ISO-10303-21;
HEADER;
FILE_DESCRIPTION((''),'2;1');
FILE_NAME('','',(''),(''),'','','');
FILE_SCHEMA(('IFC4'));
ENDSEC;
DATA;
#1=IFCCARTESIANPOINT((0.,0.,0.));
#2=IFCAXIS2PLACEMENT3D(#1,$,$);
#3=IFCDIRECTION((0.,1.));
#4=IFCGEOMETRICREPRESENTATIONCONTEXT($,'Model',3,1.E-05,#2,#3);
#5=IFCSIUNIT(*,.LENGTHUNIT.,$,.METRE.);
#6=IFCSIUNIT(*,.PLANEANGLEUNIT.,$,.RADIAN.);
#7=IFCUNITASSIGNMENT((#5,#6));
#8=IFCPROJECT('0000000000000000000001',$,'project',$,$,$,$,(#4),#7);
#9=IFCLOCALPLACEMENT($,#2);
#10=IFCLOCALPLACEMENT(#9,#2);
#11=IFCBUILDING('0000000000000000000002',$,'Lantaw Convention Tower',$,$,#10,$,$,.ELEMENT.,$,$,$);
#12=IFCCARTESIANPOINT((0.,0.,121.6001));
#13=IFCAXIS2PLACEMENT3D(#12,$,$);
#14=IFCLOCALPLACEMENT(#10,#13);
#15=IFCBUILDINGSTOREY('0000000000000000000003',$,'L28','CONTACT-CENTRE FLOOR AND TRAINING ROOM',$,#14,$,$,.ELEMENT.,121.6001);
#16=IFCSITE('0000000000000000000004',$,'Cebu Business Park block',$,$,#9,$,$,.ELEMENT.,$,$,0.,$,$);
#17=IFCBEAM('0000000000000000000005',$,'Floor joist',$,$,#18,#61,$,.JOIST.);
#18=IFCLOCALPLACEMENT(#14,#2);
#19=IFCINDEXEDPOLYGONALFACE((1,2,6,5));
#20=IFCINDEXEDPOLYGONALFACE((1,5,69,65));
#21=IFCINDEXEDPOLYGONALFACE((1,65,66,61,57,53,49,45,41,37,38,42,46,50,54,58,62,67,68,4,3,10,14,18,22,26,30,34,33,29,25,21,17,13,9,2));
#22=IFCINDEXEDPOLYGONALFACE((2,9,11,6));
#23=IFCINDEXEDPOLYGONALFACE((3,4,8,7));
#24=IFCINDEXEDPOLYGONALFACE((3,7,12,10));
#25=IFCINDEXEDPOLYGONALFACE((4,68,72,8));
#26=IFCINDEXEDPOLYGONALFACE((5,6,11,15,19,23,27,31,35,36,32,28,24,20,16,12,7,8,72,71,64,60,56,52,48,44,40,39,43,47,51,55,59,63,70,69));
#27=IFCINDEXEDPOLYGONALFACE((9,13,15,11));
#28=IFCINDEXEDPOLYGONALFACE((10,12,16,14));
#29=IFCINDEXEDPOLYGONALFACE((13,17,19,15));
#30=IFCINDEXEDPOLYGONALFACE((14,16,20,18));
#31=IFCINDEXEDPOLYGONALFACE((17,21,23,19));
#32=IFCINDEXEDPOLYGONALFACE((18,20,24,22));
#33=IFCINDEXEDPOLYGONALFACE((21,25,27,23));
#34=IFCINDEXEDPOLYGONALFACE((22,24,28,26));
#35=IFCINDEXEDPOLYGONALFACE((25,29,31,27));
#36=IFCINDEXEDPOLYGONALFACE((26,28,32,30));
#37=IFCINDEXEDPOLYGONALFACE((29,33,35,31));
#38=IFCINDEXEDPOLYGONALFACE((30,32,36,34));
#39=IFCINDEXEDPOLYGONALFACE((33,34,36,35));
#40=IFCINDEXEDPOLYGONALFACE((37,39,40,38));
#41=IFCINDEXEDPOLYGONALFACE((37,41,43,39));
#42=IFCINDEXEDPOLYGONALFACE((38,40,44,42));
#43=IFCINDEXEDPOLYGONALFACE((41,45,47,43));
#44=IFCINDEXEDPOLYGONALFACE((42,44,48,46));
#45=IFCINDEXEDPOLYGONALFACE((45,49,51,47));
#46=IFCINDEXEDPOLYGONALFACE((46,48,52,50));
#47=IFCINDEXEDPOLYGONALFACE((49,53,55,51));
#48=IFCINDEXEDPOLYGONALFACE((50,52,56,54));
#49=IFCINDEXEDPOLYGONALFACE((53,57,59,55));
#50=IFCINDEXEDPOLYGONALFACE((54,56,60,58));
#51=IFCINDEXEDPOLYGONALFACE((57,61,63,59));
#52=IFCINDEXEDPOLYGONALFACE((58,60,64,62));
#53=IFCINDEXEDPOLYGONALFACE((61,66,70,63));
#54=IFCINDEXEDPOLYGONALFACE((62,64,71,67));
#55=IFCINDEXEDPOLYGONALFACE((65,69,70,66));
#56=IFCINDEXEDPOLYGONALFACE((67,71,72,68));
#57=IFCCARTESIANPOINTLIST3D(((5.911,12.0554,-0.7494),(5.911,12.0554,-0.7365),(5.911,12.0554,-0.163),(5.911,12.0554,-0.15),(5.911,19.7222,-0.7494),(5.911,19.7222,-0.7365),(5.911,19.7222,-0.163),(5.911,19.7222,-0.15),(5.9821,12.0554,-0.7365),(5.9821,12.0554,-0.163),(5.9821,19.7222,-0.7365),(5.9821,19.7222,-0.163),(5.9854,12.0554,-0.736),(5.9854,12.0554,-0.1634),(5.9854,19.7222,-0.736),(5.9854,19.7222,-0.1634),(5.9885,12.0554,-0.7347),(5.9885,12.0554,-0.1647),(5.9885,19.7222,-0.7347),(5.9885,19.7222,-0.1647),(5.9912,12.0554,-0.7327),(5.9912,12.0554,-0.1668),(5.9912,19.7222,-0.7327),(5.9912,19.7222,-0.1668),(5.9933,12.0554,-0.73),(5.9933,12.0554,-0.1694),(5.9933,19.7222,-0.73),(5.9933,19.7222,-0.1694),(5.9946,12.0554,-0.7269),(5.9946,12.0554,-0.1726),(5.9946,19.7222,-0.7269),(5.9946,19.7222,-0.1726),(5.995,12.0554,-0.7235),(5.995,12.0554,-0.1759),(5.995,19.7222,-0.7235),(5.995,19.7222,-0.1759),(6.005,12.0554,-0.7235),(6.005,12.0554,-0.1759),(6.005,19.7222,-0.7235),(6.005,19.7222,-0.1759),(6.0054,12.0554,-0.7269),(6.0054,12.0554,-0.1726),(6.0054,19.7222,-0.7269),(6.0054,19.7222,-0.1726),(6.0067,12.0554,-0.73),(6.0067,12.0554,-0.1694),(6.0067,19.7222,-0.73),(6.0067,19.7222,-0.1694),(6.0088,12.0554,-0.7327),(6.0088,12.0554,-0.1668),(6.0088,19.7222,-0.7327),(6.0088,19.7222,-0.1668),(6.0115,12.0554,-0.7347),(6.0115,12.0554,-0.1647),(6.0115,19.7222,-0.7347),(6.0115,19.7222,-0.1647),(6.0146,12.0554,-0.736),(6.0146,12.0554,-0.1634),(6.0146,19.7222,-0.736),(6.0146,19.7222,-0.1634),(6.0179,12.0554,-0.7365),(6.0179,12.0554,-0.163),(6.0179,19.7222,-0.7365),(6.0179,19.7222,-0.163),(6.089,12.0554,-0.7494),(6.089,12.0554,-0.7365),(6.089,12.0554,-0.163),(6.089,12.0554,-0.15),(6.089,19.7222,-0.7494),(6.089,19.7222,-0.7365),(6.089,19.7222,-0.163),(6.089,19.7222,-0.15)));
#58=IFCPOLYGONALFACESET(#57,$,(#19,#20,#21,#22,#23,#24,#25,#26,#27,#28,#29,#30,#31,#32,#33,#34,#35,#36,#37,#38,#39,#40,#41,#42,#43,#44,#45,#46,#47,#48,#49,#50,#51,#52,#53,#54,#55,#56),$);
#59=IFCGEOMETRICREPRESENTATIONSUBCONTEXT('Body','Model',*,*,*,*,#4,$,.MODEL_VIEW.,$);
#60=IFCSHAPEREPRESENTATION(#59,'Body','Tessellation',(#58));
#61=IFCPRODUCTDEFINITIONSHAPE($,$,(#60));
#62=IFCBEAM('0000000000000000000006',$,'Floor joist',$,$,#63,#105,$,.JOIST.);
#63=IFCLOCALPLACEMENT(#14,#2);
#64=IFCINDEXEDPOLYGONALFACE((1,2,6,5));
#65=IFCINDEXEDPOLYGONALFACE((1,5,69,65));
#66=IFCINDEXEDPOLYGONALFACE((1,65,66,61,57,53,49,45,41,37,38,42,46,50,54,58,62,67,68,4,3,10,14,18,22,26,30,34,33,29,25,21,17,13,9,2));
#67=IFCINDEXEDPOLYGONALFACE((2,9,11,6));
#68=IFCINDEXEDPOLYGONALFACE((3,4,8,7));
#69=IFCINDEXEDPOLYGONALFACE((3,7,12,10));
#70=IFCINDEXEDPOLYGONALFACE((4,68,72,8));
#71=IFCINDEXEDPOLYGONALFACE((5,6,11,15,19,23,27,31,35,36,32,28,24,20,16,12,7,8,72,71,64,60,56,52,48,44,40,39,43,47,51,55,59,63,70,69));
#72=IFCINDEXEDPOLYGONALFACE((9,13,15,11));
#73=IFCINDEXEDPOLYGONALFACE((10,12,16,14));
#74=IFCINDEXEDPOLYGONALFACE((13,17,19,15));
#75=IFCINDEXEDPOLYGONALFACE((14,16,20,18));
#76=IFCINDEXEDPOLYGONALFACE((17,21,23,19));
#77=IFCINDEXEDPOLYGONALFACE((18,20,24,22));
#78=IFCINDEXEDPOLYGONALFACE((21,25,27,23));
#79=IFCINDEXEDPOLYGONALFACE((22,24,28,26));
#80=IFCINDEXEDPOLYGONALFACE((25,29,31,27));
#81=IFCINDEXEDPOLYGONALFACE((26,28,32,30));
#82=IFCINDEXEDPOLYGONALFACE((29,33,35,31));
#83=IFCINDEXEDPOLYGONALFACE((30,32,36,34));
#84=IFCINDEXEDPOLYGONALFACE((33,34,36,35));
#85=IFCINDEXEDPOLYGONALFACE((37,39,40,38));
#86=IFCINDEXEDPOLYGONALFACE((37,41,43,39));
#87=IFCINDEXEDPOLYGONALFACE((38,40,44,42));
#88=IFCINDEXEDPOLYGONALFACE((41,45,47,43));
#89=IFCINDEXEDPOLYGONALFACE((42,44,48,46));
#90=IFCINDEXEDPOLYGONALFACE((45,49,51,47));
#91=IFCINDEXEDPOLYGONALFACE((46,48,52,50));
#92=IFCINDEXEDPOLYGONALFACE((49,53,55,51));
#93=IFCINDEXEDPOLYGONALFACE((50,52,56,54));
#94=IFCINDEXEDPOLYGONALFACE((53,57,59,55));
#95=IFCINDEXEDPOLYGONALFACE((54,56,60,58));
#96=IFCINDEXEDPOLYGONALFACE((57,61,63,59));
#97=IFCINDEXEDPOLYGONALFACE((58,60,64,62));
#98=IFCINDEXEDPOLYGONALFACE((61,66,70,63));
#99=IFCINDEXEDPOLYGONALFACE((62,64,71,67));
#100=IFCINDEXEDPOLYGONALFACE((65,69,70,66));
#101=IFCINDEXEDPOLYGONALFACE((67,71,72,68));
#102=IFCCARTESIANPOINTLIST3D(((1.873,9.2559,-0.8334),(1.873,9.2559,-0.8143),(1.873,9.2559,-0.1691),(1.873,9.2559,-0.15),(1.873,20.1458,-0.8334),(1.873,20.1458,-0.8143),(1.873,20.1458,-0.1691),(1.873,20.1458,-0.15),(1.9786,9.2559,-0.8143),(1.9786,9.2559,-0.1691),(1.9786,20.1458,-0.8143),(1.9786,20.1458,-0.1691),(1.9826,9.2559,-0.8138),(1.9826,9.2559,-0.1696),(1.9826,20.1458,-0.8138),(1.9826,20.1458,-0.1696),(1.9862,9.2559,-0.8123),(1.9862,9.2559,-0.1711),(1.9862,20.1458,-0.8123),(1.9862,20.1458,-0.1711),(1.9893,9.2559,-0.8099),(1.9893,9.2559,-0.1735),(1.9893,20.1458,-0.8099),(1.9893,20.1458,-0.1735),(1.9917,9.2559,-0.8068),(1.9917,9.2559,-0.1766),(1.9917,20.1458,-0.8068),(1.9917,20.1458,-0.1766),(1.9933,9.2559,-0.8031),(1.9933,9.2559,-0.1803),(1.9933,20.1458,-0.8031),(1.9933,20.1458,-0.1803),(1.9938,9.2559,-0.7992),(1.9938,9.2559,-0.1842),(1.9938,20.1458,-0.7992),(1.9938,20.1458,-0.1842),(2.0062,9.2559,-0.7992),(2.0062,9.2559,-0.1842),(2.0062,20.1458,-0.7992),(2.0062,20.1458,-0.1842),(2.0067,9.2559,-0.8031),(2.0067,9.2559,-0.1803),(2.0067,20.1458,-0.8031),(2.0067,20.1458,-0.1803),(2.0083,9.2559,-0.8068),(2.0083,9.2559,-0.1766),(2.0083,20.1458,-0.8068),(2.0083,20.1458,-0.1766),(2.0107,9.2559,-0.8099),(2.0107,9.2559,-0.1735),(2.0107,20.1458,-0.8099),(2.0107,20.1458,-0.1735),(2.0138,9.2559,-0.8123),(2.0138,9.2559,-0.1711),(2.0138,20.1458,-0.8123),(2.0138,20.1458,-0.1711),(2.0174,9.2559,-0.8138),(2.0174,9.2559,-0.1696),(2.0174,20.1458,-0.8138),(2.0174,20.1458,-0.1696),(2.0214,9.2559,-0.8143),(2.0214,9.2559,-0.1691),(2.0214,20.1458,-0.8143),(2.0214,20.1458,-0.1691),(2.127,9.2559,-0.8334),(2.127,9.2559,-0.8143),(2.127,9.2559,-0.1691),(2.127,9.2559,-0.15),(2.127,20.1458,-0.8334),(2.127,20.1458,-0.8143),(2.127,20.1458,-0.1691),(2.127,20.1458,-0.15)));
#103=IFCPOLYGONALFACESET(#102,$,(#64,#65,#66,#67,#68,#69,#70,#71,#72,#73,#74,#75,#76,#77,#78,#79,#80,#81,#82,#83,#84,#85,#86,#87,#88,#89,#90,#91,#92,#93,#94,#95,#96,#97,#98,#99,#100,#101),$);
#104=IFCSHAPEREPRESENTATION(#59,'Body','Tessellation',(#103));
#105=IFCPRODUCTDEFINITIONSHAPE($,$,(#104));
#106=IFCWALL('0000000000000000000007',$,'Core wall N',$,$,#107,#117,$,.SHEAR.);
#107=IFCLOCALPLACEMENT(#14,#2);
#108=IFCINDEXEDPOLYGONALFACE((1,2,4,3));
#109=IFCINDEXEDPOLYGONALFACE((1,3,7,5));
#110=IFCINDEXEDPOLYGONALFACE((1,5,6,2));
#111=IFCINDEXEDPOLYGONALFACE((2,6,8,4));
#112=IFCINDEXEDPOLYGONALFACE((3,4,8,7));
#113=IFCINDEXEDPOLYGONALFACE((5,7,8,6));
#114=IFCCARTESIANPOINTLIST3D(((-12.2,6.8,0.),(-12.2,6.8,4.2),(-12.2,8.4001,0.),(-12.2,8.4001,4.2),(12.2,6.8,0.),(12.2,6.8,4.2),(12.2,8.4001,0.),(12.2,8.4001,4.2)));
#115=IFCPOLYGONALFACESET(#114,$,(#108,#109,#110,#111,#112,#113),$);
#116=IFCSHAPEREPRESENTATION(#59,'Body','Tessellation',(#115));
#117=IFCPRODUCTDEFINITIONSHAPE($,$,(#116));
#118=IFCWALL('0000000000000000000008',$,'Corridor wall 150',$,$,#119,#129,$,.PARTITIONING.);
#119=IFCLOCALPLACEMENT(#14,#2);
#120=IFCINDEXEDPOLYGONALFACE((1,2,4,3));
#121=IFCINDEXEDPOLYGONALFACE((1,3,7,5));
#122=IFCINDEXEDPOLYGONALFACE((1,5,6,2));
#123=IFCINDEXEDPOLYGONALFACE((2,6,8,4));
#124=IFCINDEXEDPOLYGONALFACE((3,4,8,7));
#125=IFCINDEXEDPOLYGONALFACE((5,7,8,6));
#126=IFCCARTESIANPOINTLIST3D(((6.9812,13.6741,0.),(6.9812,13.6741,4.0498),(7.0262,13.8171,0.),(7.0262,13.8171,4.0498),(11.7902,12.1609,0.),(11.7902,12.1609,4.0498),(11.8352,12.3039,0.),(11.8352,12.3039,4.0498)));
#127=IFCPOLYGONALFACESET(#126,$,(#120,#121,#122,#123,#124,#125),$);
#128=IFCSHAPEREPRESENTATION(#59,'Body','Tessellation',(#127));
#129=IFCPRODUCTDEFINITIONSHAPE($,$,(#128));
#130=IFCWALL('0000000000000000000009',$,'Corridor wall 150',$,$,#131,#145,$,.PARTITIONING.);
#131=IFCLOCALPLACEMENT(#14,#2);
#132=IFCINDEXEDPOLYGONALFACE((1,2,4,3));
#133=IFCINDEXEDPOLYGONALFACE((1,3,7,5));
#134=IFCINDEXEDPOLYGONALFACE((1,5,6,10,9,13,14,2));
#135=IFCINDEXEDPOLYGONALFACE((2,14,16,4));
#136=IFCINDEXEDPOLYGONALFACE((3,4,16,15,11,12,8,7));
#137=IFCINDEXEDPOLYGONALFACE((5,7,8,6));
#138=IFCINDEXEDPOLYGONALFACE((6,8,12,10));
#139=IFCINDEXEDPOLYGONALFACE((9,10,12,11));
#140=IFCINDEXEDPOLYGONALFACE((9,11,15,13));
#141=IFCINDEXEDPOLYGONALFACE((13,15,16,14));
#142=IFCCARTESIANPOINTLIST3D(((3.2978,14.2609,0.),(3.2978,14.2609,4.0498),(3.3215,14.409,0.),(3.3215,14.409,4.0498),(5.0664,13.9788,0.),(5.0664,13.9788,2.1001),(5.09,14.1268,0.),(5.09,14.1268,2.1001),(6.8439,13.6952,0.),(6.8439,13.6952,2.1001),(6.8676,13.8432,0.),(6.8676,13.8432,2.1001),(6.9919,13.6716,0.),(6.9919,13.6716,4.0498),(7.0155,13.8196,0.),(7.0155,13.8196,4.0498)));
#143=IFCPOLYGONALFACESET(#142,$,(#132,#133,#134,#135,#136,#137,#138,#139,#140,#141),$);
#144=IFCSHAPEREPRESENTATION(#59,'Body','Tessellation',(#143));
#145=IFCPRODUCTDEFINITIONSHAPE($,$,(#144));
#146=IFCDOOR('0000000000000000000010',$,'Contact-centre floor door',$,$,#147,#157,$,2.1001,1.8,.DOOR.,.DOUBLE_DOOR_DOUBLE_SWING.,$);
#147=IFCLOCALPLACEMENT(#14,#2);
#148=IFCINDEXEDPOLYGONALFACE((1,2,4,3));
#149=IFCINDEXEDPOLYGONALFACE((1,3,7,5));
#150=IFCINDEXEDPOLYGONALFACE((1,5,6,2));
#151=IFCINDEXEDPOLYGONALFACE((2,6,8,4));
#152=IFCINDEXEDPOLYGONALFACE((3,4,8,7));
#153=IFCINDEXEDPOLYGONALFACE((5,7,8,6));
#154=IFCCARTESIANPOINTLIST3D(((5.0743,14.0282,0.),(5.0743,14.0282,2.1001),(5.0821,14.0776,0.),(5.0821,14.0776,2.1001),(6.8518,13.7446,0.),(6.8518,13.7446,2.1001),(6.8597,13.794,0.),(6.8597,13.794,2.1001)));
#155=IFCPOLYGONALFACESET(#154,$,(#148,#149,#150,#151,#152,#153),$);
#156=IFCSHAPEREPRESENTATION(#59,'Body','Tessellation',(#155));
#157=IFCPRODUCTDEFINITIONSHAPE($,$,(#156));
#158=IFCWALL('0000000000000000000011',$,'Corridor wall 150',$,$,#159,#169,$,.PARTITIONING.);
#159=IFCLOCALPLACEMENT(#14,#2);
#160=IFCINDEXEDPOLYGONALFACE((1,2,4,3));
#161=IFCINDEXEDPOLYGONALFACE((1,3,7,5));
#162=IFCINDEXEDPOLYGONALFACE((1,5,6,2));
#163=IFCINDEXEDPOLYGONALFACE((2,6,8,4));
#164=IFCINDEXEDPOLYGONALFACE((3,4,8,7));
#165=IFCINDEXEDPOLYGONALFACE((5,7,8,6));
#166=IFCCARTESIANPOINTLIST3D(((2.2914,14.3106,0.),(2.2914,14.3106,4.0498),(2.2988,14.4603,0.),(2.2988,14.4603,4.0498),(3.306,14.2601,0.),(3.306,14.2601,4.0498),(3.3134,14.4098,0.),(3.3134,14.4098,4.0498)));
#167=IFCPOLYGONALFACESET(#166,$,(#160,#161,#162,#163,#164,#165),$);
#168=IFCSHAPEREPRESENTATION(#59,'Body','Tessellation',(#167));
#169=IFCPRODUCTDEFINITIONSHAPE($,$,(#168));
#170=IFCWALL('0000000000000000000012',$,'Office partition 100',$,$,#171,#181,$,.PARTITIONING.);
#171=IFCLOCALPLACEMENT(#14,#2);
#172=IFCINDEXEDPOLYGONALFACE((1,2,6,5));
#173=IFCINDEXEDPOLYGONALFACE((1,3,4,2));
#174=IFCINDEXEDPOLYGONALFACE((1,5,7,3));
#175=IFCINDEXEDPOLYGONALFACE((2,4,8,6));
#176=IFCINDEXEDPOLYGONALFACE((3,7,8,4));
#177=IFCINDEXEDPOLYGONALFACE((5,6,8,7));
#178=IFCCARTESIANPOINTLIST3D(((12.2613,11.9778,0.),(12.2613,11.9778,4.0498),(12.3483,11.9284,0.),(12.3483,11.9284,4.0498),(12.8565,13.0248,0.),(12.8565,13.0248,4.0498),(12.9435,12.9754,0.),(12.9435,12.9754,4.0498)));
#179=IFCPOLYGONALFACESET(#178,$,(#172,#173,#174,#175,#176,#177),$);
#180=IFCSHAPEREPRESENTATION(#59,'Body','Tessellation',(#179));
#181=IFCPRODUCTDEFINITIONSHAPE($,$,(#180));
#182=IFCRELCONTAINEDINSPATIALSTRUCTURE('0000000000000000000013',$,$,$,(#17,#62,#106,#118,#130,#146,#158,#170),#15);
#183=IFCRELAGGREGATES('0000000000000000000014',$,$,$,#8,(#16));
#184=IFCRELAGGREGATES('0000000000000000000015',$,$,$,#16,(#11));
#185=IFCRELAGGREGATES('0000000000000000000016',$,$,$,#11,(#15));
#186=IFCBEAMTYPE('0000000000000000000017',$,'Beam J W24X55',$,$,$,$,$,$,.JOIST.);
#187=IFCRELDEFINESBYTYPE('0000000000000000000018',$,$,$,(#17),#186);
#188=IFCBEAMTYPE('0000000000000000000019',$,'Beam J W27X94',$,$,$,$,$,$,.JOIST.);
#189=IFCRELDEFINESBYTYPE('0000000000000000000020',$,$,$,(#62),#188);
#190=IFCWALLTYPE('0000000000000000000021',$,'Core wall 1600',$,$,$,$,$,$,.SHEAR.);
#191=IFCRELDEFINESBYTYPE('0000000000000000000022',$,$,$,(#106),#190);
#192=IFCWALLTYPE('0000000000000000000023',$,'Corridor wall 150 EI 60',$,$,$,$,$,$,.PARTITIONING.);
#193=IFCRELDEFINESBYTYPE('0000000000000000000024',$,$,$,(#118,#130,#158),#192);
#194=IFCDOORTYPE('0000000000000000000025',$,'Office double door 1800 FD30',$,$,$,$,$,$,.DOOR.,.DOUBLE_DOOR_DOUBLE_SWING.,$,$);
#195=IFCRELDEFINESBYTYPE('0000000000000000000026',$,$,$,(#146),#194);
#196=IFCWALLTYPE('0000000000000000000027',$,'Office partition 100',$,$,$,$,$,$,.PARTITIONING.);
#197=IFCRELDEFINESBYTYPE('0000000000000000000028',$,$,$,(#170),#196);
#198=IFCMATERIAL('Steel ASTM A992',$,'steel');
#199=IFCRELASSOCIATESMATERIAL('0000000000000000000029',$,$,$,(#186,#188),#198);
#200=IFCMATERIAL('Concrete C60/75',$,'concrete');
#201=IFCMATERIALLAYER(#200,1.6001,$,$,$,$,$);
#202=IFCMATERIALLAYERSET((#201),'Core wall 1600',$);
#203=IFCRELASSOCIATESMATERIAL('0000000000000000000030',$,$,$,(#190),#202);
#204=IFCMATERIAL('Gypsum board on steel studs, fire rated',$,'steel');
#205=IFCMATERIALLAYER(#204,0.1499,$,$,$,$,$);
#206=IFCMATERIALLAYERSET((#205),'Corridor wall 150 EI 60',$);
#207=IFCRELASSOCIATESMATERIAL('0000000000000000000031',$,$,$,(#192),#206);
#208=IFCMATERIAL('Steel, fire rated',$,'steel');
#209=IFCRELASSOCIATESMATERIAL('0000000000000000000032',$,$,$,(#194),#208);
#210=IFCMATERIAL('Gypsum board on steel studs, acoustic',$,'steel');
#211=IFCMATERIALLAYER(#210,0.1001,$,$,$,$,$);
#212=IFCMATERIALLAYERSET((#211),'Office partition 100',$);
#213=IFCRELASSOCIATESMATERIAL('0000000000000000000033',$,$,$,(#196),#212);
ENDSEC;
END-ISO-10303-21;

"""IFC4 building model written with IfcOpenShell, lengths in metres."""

from ifc_helpers import new_model, si_unit, direction, frame, frame_2d, origin, origin_2d, place, context, subcontext, project, spatial, rectangle, i_section, extrude, material, layer, layer_set, material_profile, profile_set, type_object, element, fill, save


model = new_model("IFC4")

# Units and contexts
model_context = context("Model", 3, precision=1e-05, world=origin(), true_north=direction((0.0, 1.0)))
body_context = subcontext(model_context, "Body", "Model", "MODEL_VIEW")
ifc_project = project(units=[si_unit("LENGTHUNIT", "METRE"), si_unit("PLANEANGLEUNIT", "RADIAN")], contexts=[model_context])

# Site, building, storey
site_placement = place(None, origin())
site = spatial("IfcSite", under=ifc_project, at=site_placement, Name="Cebu Business Park block", CompositionType="ELEMENT", RefElevation=0.0)
building_placement = place(site_placement, origin())
building = spatial("IfcBuilding", under=site, at=building_placement, Name="Lantaw Convention Tower", CompositionType="ELEMENT")
storey_placement = place(building_placement, frame((0.0, 0.0, 121.6001)))
storey = spatial("IfcBuildingStorey", under=building, at=storey_placement, Name="L28", Description="CONTACT-CENTRE FLOOR AND TRAINING ROOM", CompositionType="ELEMENT", Elevation=121.6001)

# Beams
ifc_material_1 = material(Name="Steel ASTM A992", Category="steel")
ifc_material_profile_1 = material_profile(ifc_material_1, i_section(OverallWidth=0.178, OverallDepth=0.5994, WebThickness=0.01, FlangeThickness=0.0129, FilletRadius=0.0129, at=origin_2d()), Name="W24X55")
ifc_profile_set_1 = profile_set([ifc_material_profile_1], Name="Steel ASTM A992")
beam_type_1 = type_object("IfcBeamType", Name="Beam J W24X55", PredefinedType="JOIST", material=ifc_profile_set_1)
beam_1_placement = place(storey_placement, frame((6.0, 12.0554, -0.4497), z_axis=(0.0, 1.0, 0.0), x_axis=(-1.0, 0.0, 0.0)))
element("IfcBeam", 1, at=beam_1_placement, inside=storey, type_object=beam_type_1, Name="Floor joist", PredefinedType="JOIST", context=body_context, shape_type="SweptSolid", body=[
    extrude(i_section(OverallWidth=0.178, OverallDepth=0.5994, WebThickness=0.01, FlangeThickness=0.0129, FilletRadius=0.0129, at=origin_2d()), origin(), (0.0, 0.0, 1.0), 7.6667),
])
ifc_material_profile_2 = material_profile(ifc_material_1, i_section(OverallWidth=0.2539, OverallDepth=0.6833, WebThickness=0.0125, FlangeThickness=0.019, FilletRadius=0.0151, at=origin_2d()), Name="W27X94")
ifc_profile_set_2 = profile_set([ifc_material_profile_2], Name="Steel ASTM A992")
beam_type_2 = type_object("IfcBeamType", Name="Beam J W27X94", PredefinedType="JOIST", material=ifc_profile_set_2)
beam_2_placement = place(storey_placement, frame((2.0, 9.2559, -0.4917), z_axis=(0.0, 1.0, 0.0), x_axis=(-1.0, 0.0, 0.0)))
element("IfcBeam", 2, at=beam_2_placement, inside=storey, type_object=beam_type_2, Name="Floor joist", PredefinedType="JOIST", context=body_context, shape_type="SweptSolid", body=[
    extrude(i_section(OverallWidth=0.2539, OverallDepth=0.6833, WebThickness=0.0125, FlangeThickness=0.019, FilletRadius=0.0151, at=origin_2d()), origin(), (0.0, 0.0, 1.0), 10.8899),
])

# Walls
ifc_material_2 = material(Name="Concrete C60/75", Category="concrete")
ifc_layer_1 = layer(ifc_material_2, 1.6001)
ifc_layer_set_1 = layer_set([ifc_layer_1], Name="Core wall 1600")
wall_type_1 = type_object("IfcWallType", Name="Core wall 1600", PredefinedType="SHEAR", material=ifc_layer_set_1)
wall_1_placement = place(storey_placement, frame((12.2, 7.6001, 0.0), z_axis=(0.0, 0.0, 1.0), x_axis=(-1.0, 0.0, 0.0)))
element("IfcWall", 3, at=wall_1_placement, inside=storey, type_object=wall_type_1, Name="Core wall N", PredefinedType="SHEAR", context=body_context, shape_type="SweptSolid", body=[
    extrude(rectangle(XDim=24.3999, YDim=1.6001, at=frame_2d((12.2, 0.0))), origin(), (0.0, 0.0, 1.0), 4.2),
])
ifc_material_3 = material(Name="Gypsum board on steel studs, fire rated", Category="steel")
ifc_layer_2 = layer(ifc_material_3, 0.1499)
ifc_layer_set_2 = layer_set([ifc_layer_2], Name="Corridor wall 150 EI 60")
wall_type_2 = type_object("IfcWallType", Name="Corridor wall 150 EI 60", PredefinedType="PARTITIONING", material=ifc_layer_set_2)
wall_2_placement = place(storey_placement, frame((11.8127, 12.2324, 0.0), z_axis=(0.0, 0.0, 1.0), x_axis=(-0.953894, 0.300144, 0.0)))
element("IfcWall", 4, at=wall_2_placement, inside=storey, type_object=wall_type_2, Name="Corridor wall 150", PredefinedType="PARTITIONING", context=body_context, shape_type="SweptSolid", body=[
    extrude(rectangle(XDim=5.0415, YDim=0.1499, at=frame_2d((2.5208, 0.0))), origin(), (0.0, 0.0, 1.0), 4.0498),
])

# Wall, opening, door
wall_3_placement = place(storey_placement, frame((7.0037, 13.7456, 0.0), z_axis=(0.0, 0.0, 1.0), x_axis=(-0.987511, 0.157548, 0.0)))
wall_3 = element("IfcWall", 5, at=wall_3_placement, inside=storey, type_object=wall_type_2, Name="Corridor wall 150", PredefinedType="PARTITIONING", context=body_context, shape_type="SweptSolid", body=[
    extrude(rectangle(XDim=3.7407, YDim=0.1499, at=frame_2d((1.8704, 0.0))), origin(), (0.0, 0.0, 1.0), 4.0498),
])
opening_1_placement = place(wall_3_placement, frame((0.1499, 0.0, 0.0)))
opening_1 = element("IfcOpeningElement", 6, at=opening_1_placement, cuts=wall_3, PredefinedType="OPENING", context=body_context, shape_type="SweptSolid", body=[
    extrude(rectangle(XDim=1.8, YDim=2.1001, at=frame_2d((0.8999, 1.05))), frame((0.0, 0.085, 0.0), z_axis=(0.0, -1.0, 0.0), x_axis=(1.0, 0.0, 0.0)), (0.0, 0.0, 1.0), 0.1699),
])
ifc_material_4 = material(Name="Steel, fire rated", Category="steel")
door_type_1 = type_object("IfcDoorType", Name="Office double door 1800 FD30", OperationType="DOUBLE_DOOR_DOUBLE_SWING", PredefinedType="DOOR", material=ifc_material_4)
door_1_placement = place(opening_1_placement, origin())
door_1 = element("IfcDoor", 7, at=door_1_placement, inside=storey, type_object=door_type_1, Name="Contact-centre floor door", OperationType="DOUBLE_DOOR_DOUBLE_SWING", OverallHeight=2.1001, OverallWidth=1.8, PredefinedType="DOOR", context=body_context, shape_type="SweptSolid", body=[
    extrude(rectangle(XDim=1.8, YDim=2.1001, at=frame_2d((0.8999, 1.05))), frame((0.0, 0.0249, 0.0), z_axis=(0.0, -1.0, 0.0), x_axis=(1.0, 0.0, 0.0)), (0.0, 0.0, 1.0), 0.05),
])
fill(opening_1, door_1)

# Walls
wall_4_placement = place(storey_placement, frame((3.3096, 14.335, 0.0), z_axis=(0.0, 0.0, 1.0), x_axis=(-0.998762, 0.049746, 0.0)))
element("IfcWall", 8, at=wall_4_placement, inside=storey, type_object=wall_type_2, Name="Corridor wall 150", PredefinedType="PARTITIONING", context=body_context, shape_type="SweptSolid", body=[
    extrude(rectangle(XDim=1.0159, YDim=0.1499, at=frame_2d((0.5078, 0.0))), origin(), (0.0, 0.0, 1.0), 4.0498),
])
ifc_material_5 = material(Name="Gypsum board on steel studs, acoustic", Category="steel")
ifc_layer_3 = layer(ifc_material_5, 0.1001)
ifc_layer_set_3 = layer_set([ifc_layer_3], Name="Office partition 100")
wall_type_3 = type_object("IfcWallType", Name="Office partition 100", PredefinedType="PARTITIONING", material=ifc_layer_set_3)
wall_5_placement = place(storey_placement, frame((12.8999, 13.0, 0.0), z_axis=(0.0, 0.0, 1.0), x_axis=(-0.494173, -0.869364, 0.0)))
element("IfcWall", 9, at=wall_5_placement, inside=storey, type_object=wall_type_3, Name="Office partition 100", PredefinedType="PARTITIONING", context=body_context, shape_type="SweptSolid", body=[
    extrude(rectangle(XDim=1.2043, YDim=0.1001, at=frame_2d((0.6021, 0.0))), origin(), (0.0, 0.0, 1.0), 4.0498),
])

save(model, "model.ifc")
